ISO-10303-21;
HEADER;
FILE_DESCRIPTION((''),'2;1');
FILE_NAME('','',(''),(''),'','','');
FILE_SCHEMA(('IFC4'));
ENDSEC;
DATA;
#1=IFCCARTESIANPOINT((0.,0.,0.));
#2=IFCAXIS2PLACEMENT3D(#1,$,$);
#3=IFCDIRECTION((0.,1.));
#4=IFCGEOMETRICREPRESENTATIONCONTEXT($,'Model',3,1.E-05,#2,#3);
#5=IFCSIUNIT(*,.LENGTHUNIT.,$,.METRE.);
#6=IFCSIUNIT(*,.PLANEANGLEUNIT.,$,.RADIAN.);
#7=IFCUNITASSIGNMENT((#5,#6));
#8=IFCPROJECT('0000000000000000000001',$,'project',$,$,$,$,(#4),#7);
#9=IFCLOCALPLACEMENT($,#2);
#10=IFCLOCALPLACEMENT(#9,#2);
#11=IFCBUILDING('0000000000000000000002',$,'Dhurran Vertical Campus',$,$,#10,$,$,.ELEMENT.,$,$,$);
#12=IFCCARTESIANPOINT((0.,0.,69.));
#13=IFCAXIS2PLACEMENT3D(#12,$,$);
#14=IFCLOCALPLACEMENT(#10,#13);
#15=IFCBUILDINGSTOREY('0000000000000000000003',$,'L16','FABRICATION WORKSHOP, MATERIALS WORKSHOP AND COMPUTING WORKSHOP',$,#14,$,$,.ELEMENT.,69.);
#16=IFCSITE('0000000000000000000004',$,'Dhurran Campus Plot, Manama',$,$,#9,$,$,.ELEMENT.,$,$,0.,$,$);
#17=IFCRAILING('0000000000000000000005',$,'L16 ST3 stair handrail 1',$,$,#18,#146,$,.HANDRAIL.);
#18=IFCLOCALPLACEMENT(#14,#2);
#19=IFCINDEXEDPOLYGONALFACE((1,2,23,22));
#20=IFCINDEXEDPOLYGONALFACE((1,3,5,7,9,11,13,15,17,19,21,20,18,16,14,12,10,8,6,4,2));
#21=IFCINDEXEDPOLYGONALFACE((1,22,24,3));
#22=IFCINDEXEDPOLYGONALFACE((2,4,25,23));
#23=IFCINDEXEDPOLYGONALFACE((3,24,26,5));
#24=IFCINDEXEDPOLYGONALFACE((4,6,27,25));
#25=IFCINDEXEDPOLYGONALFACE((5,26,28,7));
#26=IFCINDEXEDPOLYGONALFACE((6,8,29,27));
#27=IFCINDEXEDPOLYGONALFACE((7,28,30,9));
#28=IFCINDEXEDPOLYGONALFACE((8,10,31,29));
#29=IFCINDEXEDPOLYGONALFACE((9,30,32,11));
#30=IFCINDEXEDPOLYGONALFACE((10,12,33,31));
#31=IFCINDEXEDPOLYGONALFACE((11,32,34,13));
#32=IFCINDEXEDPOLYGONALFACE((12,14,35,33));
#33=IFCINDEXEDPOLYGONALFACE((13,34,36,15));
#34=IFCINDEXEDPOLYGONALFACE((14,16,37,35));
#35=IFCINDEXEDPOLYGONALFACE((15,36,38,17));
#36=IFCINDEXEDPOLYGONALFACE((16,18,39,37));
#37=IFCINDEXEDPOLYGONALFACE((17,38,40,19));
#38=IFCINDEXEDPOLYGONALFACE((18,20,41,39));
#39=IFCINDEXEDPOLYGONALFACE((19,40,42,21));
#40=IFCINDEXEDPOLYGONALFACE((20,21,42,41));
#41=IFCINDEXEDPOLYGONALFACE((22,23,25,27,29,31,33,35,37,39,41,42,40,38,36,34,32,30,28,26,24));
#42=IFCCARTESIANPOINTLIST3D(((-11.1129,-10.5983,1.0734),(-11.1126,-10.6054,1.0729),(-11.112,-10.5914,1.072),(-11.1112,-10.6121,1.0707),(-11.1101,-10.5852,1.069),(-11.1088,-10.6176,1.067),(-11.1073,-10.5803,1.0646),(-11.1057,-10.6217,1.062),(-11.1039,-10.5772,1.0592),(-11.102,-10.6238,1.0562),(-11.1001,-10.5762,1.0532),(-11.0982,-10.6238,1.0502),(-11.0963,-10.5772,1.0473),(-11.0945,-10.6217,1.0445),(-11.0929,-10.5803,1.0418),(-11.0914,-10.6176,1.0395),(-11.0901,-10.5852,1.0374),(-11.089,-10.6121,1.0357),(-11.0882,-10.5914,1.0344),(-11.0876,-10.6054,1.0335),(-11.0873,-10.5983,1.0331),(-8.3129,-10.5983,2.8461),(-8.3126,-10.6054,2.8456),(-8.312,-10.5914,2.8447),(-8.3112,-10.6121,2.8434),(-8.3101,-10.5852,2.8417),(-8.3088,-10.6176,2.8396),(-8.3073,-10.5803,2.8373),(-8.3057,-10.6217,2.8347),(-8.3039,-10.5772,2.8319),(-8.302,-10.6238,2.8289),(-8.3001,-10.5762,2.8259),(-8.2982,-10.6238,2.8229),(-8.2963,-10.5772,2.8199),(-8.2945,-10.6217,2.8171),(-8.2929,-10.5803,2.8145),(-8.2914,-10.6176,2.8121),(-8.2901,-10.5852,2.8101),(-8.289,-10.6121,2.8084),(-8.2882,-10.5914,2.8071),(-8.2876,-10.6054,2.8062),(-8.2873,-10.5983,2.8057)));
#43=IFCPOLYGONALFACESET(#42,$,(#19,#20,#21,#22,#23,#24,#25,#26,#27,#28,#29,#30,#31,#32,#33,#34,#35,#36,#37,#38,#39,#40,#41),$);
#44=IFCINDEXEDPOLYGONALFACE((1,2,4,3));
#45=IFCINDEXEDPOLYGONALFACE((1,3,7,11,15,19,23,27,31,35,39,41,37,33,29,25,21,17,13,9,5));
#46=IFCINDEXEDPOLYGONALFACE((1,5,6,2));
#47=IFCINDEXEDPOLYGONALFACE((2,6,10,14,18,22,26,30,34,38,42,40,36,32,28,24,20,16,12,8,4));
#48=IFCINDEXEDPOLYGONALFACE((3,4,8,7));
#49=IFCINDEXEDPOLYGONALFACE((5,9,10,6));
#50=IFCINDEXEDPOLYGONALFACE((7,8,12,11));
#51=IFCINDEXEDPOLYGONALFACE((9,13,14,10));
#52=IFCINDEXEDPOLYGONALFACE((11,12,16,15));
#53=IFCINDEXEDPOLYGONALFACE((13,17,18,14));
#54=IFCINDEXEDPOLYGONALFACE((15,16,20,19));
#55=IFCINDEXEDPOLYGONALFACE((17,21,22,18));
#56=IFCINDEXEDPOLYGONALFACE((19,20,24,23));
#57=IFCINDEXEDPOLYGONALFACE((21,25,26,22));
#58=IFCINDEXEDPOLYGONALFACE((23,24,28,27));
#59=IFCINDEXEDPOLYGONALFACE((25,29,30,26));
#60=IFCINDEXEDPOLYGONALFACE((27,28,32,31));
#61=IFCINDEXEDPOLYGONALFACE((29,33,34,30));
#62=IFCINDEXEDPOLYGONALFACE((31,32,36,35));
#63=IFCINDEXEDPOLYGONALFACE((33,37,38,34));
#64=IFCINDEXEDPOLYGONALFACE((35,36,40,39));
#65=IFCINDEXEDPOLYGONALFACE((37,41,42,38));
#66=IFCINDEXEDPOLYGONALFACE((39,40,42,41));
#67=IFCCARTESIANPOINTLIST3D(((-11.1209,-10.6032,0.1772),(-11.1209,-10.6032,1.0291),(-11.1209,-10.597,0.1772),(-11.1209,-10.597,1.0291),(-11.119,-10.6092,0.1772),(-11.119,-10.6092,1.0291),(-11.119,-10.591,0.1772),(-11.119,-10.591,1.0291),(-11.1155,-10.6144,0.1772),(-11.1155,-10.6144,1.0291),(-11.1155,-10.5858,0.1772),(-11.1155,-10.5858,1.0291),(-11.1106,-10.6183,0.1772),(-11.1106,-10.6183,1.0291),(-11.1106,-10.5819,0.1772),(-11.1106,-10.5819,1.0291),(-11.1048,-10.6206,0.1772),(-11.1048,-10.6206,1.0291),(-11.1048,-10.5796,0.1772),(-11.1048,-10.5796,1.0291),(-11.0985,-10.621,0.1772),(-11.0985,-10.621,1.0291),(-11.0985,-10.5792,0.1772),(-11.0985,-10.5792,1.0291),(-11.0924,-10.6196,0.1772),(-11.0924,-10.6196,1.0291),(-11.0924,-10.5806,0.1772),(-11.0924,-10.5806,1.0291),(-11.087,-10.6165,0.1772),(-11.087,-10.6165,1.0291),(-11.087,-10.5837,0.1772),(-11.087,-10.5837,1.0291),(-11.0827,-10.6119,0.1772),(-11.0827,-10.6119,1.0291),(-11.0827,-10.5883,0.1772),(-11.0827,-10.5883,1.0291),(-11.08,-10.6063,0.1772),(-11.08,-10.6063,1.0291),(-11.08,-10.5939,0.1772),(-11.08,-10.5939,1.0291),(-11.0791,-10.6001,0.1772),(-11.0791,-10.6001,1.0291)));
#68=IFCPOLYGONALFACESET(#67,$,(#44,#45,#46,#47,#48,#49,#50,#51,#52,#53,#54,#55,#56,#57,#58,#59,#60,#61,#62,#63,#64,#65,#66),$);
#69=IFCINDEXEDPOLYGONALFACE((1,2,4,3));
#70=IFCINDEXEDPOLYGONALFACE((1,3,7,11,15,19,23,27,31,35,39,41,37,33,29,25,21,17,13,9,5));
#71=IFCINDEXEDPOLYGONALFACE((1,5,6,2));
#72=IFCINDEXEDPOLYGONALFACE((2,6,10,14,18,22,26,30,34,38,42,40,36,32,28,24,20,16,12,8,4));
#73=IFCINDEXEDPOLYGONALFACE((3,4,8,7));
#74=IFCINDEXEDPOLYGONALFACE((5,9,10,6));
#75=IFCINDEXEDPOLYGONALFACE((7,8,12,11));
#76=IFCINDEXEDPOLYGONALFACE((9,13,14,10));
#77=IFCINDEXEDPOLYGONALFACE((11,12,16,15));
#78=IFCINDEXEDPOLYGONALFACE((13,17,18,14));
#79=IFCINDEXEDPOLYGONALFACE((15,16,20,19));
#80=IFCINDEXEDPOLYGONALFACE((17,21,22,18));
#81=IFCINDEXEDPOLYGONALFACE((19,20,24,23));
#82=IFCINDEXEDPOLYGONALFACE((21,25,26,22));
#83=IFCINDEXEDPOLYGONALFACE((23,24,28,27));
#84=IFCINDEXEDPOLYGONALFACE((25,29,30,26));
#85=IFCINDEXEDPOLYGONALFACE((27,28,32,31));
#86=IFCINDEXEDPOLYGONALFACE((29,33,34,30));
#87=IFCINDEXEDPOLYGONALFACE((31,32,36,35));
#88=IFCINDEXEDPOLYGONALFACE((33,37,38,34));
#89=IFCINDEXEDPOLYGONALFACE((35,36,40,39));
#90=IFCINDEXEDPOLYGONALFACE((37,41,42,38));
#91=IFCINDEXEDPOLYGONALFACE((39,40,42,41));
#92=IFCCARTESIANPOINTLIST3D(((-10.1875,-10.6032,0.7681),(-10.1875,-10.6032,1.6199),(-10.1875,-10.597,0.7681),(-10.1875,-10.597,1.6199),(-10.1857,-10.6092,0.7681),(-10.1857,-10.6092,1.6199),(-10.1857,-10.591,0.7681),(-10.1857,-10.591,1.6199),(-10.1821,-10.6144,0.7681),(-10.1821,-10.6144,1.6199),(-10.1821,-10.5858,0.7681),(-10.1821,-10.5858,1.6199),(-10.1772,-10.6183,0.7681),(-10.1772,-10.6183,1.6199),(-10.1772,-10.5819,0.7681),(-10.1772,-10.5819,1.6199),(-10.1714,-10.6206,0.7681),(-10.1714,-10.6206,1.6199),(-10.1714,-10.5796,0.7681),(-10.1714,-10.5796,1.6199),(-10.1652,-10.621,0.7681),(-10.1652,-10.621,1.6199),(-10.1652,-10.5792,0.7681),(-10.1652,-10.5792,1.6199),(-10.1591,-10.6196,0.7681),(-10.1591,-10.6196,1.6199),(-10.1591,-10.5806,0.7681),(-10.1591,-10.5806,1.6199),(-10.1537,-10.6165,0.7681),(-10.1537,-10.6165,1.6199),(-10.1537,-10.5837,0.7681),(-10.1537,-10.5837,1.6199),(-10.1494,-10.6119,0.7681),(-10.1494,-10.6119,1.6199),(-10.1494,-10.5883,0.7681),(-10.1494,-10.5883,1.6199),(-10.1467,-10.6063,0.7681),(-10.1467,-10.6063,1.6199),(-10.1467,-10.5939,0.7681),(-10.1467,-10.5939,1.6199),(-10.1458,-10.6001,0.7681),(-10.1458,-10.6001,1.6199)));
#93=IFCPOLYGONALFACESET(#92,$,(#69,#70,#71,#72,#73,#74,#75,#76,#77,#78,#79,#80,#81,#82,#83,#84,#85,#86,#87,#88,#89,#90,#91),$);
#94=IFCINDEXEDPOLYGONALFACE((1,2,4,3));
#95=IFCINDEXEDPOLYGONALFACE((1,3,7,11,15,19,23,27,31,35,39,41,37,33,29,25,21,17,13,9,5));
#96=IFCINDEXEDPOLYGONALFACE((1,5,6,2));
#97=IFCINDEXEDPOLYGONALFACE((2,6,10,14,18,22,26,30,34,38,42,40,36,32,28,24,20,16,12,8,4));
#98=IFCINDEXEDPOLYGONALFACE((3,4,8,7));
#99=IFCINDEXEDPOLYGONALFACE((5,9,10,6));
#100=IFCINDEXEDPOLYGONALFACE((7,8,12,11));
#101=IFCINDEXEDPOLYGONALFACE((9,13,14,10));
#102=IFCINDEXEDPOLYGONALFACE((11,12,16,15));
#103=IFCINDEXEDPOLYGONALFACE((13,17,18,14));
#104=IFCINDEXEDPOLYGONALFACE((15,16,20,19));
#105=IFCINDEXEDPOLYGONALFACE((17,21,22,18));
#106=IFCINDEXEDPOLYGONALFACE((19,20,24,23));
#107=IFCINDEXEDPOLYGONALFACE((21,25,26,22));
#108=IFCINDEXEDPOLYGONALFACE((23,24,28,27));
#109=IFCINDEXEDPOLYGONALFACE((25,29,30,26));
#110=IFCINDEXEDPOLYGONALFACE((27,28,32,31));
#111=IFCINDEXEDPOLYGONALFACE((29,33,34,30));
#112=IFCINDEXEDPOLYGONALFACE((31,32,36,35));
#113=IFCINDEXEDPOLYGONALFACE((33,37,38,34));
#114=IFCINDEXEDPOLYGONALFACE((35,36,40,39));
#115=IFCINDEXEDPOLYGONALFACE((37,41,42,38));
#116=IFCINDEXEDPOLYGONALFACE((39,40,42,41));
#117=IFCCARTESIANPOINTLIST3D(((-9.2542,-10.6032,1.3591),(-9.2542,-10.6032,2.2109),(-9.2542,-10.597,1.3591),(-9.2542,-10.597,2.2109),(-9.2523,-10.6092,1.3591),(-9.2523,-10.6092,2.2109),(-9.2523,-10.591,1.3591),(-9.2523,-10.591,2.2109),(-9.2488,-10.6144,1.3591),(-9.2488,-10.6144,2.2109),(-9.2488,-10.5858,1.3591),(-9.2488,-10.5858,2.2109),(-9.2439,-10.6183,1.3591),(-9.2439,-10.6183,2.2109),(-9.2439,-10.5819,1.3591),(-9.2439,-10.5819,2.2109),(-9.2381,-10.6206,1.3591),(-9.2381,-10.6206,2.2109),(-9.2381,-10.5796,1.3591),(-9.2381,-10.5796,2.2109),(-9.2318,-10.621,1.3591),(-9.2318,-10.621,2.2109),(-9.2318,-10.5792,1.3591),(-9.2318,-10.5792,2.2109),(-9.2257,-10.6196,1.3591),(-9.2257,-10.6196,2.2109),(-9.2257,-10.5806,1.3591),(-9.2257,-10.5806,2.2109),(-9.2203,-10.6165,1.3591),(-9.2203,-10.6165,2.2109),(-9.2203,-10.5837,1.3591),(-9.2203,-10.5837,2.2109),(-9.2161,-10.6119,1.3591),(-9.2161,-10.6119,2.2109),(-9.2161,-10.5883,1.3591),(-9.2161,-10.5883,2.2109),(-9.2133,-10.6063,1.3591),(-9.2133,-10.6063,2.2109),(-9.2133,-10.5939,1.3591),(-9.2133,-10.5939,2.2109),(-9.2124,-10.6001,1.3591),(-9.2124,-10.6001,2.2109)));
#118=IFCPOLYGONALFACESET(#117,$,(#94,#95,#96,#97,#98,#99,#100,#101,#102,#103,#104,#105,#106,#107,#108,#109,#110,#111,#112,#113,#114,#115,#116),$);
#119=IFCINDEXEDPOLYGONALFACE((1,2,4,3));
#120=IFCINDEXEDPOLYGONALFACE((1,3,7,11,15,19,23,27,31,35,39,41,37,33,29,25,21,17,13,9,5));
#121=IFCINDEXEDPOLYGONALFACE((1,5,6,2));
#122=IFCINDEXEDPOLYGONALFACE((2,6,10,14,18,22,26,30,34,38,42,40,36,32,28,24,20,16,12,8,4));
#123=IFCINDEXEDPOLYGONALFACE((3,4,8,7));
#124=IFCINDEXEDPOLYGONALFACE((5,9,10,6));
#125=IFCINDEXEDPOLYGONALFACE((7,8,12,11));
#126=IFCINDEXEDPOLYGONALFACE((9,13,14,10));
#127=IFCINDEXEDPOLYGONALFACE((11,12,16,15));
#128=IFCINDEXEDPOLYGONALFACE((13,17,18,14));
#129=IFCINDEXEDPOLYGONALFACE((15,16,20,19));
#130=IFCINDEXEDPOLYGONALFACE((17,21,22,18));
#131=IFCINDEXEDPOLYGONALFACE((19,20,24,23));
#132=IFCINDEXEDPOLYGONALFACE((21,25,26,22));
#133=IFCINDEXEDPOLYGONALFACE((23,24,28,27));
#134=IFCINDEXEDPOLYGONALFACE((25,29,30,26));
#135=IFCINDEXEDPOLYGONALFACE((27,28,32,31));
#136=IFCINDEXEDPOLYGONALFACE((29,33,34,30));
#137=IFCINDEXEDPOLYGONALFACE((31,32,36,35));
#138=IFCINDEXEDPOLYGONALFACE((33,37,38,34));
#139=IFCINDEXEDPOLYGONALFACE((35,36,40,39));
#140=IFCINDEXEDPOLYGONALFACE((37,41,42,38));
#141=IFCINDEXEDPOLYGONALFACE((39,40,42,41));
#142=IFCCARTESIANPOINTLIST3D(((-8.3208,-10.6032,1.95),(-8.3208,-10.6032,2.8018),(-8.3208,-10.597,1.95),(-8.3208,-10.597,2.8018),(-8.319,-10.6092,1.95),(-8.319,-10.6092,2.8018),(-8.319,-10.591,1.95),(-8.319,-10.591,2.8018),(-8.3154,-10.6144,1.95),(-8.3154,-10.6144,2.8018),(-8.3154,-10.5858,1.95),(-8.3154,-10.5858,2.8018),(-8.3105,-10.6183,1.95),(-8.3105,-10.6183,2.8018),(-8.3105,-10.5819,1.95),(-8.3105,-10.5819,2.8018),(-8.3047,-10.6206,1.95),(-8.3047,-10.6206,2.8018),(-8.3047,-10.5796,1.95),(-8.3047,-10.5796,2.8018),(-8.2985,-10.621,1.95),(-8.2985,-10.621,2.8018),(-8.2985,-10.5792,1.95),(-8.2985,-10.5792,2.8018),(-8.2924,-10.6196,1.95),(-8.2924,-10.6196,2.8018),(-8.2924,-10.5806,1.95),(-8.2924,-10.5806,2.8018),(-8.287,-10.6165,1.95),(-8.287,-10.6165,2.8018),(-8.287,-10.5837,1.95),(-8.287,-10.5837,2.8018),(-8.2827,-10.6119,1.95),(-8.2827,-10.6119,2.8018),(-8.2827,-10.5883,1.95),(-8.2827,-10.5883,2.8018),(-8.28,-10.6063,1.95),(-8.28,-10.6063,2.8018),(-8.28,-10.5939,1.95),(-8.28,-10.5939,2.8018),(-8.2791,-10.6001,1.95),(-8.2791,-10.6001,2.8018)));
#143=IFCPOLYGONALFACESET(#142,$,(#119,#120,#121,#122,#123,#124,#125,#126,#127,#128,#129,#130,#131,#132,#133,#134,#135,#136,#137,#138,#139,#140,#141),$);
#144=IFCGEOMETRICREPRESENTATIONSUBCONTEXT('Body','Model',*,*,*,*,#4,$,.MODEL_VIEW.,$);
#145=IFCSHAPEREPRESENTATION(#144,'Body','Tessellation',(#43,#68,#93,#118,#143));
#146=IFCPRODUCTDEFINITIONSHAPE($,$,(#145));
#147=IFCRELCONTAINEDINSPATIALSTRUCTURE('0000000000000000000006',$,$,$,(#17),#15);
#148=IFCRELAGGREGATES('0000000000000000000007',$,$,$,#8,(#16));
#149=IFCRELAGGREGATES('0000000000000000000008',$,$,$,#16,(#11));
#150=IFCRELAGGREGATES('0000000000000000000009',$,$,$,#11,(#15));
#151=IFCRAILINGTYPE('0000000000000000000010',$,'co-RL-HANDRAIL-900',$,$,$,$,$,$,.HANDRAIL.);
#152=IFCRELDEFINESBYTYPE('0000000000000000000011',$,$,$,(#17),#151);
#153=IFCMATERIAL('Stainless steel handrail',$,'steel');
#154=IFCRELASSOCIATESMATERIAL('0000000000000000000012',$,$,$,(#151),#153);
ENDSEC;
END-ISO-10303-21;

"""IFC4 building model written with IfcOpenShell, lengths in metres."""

from ifc_helpers import new_model, si_unit, direction, frame, origin, origin_2d, place, context, subcontext, project, spatial, circle, extrude, material, type_object, element, save


model = new_model("IFC4")

# Units and contexts
model_context = context("Model", 3, precision=1e-05, world=origin(), true_north=direction((0.0, 1.0)))
body_context = subcontext(model_context, "Body", "Model", "MODEL_VIEW")
ifc_project = project(units=[si_unit("LENGTHUNIT", "METRE"), si_unit("PLANEANGLEUNIT", "RADIAN")], contexts=[model_context])

# Site, building, storey
site_placement = place(None, origin())
site = spatial("IfcSite", under=ifc_project, at=site_placement, Name="Dhurran Campus Plot, Manama", CompositionType="ELEMENT", RefElevation=0.0)
building_placement = place(site_placement, origin())
building = spatial("IfcBuilding", under=site, at=building_placement, Name="Dhurran Vertical Campus", CompositionType="ELEMENT")
storey_placement = place(building_placement, frame((0.0, 0.0, 69.0)))
storey = spatial("IfcBuildingStorey", under=building, at=storey_placement, Name="L16", Description="FABRICATION WORKSHOP, MATERIALS WORKSHOP AND COMPUTING WORKSHOP", CompositionType="ELEMENT", Elevation=69.0)

# Railing
ifc_material_1 = material(Name="Stainless steel handrail", Category="steel")
railing_type_1 = type_object("IfcRailingType", Name="co-RL-HANDRAIL-900", PredefinedType="HANDRAIL", material=ifc_material_1)
railing_1_placement = place(storey_placement, frame((-11.1001, -10.6001, 0.1772)))
element("IfcRailing", 1, at=railing_1_placement, inside=storey, type_object=railing_type_1, Name="L16 ST3 stair handrail 1", PredefinedType="HANDRAIL", context=body_context, shape_type="SweptSolid", body=[
    extrude(circle(Radius=0.0239, at=origin_2d()), frame((0.0, 0.0, 0.876), z_axis=(0.844909, 0.0, 0.53491), x_axis=(0.0, 1.0, 0.0)), (0.0, 0.0, 1.0), 3.314),
    extrude(circle(Radius=0.021, at=origin_2d()), origin(), (0.0, 0.0, 1.0), 0.8518),
    extrude(circle(Radius=0.021, at=origin_2d()), frame((0.9333, 0.0, 0.5908)), (0.0, 0.0, 1.0), 0.8518),
    extrude(circle(Radius=0.021, at=origin_2d()), frame((1.8667, 0.0, 1.1819)), (0.0, 0.0, 1.0), 0.8518),
    extrude(circle(Radius=0.021, at=origin_2d()), frame((2.8, 0.0, 1.7727)), (0.0, 0.0, 1.0), 0.8518),
])

save(model, "model.ifc")
